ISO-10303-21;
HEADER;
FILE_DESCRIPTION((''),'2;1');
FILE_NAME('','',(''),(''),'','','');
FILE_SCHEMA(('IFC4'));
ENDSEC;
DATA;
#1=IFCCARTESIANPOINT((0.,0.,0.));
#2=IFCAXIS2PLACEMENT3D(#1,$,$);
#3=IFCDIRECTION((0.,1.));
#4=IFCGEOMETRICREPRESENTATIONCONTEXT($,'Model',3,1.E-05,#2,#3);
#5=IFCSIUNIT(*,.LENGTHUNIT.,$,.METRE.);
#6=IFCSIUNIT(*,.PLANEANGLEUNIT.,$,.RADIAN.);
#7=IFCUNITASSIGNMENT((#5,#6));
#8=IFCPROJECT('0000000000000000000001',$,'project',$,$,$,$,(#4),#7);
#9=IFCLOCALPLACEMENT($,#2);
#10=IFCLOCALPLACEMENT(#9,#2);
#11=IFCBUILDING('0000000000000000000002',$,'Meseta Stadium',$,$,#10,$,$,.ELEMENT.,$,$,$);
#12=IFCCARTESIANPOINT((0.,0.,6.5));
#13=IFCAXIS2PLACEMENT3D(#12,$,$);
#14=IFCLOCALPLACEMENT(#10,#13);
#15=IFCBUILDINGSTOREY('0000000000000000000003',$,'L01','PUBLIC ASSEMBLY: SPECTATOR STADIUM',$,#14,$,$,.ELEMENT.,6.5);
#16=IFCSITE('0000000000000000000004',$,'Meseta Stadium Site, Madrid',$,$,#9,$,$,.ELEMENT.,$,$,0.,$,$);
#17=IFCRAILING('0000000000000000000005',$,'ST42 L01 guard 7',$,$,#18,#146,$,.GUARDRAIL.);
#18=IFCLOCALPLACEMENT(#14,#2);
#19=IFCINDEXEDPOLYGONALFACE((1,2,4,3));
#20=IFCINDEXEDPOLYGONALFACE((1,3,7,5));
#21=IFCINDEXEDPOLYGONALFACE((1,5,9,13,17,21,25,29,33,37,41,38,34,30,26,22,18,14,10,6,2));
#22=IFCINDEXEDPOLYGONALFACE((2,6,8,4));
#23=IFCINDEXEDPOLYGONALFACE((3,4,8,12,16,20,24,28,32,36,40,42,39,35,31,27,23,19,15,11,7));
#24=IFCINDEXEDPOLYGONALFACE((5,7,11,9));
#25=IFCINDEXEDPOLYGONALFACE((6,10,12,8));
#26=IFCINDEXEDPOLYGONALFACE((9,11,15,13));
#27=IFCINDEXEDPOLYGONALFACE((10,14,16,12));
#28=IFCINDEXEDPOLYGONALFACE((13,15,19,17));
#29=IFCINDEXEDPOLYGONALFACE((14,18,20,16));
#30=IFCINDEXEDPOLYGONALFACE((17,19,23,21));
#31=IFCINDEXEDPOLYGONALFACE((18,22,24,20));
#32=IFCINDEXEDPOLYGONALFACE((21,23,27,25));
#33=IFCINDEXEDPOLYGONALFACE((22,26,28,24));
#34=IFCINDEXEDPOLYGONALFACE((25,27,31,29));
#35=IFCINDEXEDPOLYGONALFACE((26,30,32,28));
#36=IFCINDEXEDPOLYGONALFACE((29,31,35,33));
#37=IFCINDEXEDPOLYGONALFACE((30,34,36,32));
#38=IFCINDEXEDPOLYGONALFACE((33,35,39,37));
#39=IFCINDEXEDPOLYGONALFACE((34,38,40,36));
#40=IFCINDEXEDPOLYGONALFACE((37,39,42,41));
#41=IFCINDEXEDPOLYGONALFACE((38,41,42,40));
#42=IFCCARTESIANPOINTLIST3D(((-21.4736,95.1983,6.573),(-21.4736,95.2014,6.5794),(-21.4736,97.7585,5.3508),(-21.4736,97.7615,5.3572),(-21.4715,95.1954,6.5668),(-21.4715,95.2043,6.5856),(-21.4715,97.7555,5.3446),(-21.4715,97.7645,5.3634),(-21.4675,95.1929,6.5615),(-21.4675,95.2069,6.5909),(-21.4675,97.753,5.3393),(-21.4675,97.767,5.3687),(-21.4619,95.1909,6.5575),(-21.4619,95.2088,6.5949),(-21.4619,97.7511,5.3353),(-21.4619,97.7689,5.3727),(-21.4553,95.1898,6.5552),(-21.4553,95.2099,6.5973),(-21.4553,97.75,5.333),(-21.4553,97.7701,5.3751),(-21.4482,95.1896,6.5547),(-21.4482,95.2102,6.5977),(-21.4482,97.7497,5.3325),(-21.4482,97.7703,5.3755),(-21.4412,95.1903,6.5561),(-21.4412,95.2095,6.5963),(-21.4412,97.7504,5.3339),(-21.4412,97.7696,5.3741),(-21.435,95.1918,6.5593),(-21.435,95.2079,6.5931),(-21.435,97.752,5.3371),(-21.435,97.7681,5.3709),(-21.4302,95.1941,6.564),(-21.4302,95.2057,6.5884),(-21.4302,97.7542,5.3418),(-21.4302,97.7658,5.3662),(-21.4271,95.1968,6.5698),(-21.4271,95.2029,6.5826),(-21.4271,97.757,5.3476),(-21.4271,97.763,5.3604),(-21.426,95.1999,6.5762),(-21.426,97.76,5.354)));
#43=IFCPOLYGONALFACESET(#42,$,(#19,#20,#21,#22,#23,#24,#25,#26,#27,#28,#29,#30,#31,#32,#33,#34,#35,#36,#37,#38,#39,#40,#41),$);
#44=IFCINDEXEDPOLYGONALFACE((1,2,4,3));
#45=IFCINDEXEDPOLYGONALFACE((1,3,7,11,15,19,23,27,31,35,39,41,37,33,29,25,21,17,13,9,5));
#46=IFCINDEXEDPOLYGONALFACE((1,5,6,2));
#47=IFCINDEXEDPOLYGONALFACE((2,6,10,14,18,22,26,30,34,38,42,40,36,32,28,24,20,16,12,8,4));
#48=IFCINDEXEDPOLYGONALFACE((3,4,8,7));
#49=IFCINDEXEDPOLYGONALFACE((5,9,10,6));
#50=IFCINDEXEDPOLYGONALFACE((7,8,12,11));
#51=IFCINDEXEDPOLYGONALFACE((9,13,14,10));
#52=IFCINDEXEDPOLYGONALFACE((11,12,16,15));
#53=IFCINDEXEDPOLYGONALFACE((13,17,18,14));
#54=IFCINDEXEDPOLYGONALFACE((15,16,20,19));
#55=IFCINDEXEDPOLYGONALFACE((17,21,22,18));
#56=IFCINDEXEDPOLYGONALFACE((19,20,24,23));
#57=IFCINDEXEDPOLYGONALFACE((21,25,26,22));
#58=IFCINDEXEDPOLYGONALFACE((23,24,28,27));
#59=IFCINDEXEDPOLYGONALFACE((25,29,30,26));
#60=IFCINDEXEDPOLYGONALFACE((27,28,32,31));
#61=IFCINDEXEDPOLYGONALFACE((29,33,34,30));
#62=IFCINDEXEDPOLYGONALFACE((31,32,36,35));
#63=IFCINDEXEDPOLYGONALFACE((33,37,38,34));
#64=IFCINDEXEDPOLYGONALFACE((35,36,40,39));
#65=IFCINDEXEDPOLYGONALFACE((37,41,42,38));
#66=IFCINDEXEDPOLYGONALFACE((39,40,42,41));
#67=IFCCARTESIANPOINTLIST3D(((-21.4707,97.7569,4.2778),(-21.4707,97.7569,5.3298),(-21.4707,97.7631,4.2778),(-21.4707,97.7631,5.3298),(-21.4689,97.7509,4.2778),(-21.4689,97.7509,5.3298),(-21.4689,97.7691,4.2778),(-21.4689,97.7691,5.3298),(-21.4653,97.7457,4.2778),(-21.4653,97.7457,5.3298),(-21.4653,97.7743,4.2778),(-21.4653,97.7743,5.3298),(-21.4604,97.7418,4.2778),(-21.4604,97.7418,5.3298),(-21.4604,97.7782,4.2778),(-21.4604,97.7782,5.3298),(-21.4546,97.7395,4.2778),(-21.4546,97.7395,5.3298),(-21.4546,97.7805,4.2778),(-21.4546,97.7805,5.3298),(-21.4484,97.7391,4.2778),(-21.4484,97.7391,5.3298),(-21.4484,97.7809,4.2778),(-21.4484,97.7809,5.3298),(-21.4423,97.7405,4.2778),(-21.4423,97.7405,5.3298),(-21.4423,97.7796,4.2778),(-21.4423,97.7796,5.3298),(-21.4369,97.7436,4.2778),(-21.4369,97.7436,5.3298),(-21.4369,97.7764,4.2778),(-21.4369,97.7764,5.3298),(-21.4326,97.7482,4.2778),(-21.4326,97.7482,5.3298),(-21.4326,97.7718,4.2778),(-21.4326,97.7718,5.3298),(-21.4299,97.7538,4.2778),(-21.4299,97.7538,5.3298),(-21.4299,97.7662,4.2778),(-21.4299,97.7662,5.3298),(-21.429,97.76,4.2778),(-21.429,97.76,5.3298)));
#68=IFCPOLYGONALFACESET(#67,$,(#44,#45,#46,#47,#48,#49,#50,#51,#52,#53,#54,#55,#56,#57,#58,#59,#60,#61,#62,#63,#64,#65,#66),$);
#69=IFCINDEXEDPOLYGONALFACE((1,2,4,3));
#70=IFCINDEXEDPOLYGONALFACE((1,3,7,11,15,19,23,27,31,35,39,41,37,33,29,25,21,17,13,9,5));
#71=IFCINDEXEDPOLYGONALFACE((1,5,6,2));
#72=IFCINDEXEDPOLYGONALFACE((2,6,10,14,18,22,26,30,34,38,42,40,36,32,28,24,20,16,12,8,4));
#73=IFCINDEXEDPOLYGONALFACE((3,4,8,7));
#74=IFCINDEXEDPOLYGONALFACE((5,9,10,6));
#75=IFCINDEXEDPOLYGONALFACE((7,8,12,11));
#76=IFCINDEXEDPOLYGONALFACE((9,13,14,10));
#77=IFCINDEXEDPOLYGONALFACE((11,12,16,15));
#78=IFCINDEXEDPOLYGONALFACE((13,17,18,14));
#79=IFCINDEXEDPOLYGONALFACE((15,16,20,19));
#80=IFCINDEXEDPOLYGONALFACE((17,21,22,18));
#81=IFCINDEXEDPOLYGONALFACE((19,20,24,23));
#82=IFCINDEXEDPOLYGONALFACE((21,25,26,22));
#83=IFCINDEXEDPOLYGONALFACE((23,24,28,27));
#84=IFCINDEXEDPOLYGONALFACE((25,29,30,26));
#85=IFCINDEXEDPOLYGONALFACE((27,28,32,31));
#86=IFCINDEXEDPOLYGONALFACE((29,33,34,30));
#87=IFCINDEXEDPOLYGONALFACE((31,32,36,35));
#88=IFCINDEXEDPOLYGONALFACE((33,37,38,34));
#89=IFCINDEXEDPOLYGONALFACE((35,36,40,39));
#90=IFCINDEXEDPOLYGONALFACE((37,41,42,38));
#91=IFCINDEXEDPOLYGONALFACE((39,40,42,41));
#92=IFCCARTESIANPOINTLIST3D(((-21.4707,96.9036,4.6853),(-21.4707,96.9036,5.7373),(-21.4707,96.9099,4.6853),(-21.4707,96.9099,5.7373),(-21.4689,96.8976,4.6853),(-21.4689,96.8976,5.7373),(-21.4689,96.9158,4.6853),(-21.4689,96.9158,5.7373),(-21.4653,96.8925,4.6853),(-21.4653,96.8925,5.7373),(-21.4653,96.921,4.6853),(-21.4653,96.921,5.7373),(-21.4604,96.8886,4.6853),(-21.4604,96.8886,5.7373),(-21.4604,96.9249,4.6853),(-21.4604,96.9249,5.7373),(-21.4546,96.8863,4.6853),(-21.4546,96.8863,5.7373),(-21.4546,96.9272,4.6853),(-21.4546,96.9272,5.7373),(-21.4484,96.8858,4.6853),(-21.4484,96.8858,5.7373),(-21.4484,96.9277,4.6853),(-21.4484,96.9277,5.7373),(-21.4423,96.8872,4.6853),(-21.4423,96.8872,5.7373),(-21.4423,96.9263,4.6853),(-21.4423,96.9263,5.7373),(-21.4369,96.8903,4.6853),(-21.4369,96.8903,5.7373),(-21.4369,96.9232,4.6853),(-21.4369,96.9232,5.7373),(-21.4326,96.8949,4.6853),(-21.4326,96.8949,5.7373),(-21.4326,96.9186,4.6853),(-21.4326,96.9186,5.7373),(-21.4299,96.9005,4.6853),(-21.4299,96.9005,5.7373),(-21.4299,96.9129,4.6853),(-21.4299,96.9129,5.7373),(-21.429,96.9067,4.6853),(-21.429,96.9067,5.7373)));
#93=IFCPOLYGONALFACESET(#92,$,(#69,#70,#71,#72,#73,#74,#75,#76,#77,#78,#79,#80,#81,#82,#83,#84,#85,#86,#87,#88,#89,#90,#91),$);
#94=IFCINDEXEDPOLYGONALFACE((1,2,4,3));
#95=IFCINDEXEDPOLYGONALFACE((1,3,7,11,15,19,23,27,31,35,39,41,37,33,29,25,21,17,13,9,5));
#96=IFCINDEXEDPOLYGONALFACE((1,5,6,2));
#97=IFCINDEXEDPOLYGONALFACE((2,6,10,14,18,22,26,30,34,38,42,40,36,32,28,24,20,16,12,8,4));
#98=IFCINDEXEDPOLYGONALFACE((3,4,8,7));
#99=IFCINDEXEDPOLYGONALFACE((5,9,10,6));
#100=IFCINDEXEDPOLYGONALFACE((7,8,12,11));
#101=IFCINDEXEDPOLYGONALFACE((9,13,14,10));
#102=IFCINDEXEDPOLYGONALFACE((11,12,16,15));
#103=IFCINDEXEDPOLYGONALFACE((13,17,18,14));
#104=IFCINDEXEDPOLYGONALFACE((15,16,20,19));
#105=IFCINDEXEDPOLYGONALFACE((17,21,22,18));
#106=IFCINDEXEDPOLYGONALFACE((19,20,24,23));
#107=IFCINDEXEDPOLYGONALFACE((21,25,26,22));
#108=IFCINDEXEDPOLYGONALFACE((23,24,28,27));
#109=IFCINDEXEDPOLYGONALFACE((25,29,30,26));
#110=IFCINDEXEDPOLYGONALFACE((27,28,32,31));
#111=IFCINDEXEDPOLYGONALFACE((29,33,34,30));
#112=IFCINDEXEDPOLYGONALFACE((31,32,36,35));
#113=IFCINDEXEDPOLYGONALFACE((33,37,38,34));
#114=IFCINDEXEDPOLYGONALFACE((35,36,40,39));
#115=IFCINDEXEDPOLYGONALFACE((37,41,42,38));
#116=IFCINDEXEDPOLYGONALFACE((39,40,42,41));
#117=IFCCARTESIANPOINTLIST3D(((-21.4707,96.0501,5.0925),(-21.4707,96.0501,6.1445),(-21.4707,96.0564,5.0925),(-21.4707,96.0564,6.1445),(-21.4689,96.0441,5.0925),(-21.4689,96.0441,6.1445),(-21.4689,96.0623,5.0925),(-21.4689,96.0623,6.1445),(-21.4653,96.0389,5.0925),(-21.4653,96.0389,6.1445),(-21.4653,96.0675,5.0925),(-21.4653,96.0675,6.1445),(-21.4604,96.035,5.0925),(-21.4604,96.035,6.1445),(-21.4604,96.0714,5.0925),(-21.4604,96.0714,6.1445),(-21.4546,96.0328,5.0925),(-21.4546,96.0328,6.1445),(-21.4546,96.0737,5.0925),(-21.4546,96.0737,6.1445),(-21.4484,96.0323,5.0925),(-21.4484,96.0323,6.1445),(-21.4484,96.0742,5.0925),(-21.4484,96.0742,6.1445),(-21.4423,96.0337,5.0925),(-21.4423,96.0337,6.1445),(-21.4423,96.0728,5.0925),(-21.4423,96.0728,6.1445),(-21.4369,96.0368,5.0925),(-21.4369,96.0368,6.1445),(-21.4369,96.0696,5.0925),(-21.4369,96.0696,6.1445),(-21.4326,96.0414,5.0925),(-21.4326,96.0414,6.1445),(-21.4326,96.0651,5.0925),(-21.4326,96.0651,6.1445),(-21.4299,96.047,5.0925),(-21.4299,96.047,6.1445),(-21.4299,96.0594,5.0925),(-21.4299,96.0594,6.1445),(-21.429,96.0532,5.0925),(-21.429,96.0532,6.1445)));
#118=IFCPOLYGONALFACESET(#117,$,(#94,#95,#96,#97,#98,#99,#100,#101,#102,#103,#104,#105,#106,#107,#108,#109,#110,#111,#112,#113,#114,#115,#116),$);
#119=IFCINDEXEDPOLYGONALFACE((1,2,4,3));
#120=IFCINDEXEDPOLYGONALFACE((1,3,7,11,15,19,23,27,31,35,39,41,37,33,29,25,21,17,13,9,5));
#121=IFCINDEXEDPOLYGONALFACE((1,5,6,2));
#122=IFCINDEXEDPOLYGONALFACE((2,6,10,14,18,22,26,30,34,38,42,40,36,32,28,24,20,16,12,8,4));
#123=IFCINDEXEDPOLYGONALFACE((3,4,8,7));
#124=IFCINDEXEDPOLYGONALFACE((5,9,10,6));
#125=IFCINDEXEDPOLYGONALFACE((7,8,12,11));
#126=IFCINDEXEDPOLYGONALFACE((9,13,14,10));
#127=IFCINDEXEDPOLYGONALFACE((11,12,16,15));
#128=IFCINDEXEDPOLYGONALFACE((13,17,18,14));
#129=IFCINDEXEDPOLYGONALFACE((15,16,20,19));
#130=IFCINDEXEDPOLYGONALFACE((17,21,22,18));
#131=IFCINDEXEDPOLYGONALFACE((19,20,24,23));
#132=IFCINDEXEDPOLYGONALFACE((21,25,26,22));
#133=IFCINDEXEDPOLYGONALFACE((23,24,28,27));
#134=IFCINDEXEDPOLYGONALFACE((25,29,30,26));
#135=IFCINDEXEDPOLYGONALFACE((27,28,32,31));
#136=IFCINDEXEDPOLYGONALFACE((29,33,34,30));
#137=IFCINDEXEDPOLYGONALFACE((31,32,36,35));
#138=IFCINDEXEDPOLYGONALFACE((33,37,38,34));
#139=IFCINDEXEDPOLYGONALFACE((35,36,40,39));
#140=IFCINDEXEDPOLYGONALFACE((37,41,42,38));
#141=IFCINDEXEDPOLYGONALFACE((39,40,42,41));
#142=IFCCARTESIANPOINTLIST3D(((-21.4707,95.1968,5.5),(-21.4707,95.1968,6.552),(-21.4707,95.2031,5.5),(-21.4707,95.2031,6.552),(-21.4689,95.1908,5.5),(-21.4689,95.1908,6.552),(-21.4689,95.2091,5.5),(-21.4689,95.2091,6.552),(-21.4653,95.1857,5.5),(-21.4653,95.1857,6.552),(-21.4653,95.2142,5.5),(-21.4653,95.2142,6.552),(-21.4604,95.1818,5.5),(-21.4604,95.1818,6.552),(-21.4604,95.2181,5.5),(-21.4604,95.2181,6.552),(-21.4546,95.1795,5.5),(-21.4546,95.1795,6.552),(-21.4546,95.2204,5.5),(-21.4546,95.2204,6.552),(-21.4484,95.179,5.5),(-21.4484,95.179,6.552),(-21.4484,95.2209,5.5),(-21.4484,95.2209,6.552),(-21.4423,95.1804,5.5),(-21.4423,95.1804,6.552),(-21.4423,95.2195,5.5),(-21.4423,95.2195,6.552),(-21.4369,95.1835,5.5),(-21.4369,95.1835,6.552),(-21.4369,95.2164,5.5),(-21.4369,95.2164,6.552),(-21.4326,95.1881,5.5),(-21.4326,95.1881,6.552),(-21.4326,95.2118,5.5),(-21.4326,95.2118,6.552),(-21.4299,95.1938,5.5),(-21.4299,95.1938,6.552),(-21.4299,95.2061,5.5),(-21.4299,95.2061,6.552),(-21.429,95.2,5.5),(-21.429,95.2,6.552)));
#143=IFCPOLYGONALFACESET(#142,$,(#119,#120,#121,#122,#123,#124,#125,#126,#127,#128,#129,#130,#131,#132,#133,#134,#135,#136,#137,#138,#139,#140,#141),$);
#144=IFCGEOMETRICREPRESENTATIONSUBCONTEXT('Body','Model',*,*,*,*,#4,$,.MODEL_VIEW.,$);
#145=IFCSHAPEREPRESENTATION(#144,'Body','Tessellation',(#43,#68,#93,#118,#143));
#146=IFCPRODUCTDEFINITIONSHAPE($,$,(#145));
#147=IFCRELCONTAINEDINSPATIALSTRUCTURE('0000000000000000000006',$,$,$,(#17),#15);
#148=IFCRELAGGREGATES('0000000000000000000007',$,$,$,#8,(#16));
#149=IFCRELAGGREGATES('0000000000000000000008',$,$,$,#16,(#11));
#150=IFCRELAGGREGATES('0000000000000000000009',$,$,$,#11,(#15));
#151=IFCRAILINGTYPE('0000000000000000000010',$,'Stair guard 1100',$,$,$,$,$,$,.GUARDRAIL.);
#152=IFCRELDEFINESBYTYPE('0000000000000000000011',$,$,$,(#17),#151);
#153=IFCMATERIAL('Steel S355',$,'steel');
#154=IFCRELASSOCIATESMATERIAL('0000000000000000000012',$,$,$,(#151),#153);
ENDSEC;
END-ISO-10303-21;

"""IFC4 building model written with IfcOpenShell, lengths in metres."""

from ifc_helpers import new_model, si_unit, direction, frame, origin, origin_2d, place, context, subcontext, project, spatial, circle, extrude, material, type_object, element, save


model = new_model("IFC4")

# Units and contexts
model_context = context("Model", 3, precision=1e-05, world=origin(), true_north=direction((0.0, 1.0)))
body_context = subcontext(model_context, "Body", "Model", "MODEL_VIEW")
ifc_project = project(units=[si_unit("LENGTHUNIT", "METRE"), si_unit("PLANEANGLEUNIT", "RADIAN")], contexts=[model_context])

# Site, building, storey
site_placement = place(None, origin())
site = spatial("IfcSite", under=ifc_project, at=site_placement, Name="Meseta Stadium Site, Madrid", CompositionType="ELEMENT", RefElevation=0.0)
building_placement = place(site_placement, origin())
building = spatial("IfcBuilding", under=site, at=building_placement, Name="Meseta Stadium", CompositionType="ELEMENT")
storey_placement = place(building_placement, frame((0.0, 0.0, 6.5)))
storey = spatial("IfcBuildingStorey", under=building, at=storey_placement, Name="L01", Description="PUBLIC ASSEMBLY: SPECTATOR STADIUM", CompositionType="ELEMENT", Elevation=6.5)

# Railing
ifc_material_1 = material(Name="Steel S355", Category="steel")
railing_type_1 = type_object("IfcRailingType", Name="Stair guard 1100", PredefinedType="GUARDRAIL", material=ifc_material_1)
railing_1_placement = place(storey_placement, frame((-21.45, 97.76, 4.2778)))
element("IfcRailing", 1, at=railing_1_placement, inside=storey, type_object=railing_type_1, Name="ST42 L01 guard 7", PredefinedType="GUARDRAIL", context=body_context, shape_type="SweptSolid", body=[
    extrude(circle(Radius=0.0239, at=origin_2d()), frame((0.0, 0.0, 1.0762), z_axis=(0.0, -0.902437, 0.430822), x_axis=(1.0, 0.0, 0.0)), (0.0, 0.0, 1.0), 2.8369),
    extrude(circle(Radius=0.021, at=origin_2d()), origin(), (0.0, 0.0, 1.0), 1.052),
    extrude(circle(Radius=0.021, at=origin_2d()), frame((0.0, -0.8533, 0.4075)), (0.0, 0.0, 1.0), 1.052),
    extrude(circle(Radius=0.021, at=origin_2d()), frame((0.0, -1.7068, 0.8147)), (0.0, 0.0, 1.0), 1.052),
    extrude(circle(Radius=0.021, at=origin_2d()), frame((0.0, -2.5601, 1.2222)), (0.0, 0.0, 1.0), 1.052),
])

save(model, "model.ifc")
